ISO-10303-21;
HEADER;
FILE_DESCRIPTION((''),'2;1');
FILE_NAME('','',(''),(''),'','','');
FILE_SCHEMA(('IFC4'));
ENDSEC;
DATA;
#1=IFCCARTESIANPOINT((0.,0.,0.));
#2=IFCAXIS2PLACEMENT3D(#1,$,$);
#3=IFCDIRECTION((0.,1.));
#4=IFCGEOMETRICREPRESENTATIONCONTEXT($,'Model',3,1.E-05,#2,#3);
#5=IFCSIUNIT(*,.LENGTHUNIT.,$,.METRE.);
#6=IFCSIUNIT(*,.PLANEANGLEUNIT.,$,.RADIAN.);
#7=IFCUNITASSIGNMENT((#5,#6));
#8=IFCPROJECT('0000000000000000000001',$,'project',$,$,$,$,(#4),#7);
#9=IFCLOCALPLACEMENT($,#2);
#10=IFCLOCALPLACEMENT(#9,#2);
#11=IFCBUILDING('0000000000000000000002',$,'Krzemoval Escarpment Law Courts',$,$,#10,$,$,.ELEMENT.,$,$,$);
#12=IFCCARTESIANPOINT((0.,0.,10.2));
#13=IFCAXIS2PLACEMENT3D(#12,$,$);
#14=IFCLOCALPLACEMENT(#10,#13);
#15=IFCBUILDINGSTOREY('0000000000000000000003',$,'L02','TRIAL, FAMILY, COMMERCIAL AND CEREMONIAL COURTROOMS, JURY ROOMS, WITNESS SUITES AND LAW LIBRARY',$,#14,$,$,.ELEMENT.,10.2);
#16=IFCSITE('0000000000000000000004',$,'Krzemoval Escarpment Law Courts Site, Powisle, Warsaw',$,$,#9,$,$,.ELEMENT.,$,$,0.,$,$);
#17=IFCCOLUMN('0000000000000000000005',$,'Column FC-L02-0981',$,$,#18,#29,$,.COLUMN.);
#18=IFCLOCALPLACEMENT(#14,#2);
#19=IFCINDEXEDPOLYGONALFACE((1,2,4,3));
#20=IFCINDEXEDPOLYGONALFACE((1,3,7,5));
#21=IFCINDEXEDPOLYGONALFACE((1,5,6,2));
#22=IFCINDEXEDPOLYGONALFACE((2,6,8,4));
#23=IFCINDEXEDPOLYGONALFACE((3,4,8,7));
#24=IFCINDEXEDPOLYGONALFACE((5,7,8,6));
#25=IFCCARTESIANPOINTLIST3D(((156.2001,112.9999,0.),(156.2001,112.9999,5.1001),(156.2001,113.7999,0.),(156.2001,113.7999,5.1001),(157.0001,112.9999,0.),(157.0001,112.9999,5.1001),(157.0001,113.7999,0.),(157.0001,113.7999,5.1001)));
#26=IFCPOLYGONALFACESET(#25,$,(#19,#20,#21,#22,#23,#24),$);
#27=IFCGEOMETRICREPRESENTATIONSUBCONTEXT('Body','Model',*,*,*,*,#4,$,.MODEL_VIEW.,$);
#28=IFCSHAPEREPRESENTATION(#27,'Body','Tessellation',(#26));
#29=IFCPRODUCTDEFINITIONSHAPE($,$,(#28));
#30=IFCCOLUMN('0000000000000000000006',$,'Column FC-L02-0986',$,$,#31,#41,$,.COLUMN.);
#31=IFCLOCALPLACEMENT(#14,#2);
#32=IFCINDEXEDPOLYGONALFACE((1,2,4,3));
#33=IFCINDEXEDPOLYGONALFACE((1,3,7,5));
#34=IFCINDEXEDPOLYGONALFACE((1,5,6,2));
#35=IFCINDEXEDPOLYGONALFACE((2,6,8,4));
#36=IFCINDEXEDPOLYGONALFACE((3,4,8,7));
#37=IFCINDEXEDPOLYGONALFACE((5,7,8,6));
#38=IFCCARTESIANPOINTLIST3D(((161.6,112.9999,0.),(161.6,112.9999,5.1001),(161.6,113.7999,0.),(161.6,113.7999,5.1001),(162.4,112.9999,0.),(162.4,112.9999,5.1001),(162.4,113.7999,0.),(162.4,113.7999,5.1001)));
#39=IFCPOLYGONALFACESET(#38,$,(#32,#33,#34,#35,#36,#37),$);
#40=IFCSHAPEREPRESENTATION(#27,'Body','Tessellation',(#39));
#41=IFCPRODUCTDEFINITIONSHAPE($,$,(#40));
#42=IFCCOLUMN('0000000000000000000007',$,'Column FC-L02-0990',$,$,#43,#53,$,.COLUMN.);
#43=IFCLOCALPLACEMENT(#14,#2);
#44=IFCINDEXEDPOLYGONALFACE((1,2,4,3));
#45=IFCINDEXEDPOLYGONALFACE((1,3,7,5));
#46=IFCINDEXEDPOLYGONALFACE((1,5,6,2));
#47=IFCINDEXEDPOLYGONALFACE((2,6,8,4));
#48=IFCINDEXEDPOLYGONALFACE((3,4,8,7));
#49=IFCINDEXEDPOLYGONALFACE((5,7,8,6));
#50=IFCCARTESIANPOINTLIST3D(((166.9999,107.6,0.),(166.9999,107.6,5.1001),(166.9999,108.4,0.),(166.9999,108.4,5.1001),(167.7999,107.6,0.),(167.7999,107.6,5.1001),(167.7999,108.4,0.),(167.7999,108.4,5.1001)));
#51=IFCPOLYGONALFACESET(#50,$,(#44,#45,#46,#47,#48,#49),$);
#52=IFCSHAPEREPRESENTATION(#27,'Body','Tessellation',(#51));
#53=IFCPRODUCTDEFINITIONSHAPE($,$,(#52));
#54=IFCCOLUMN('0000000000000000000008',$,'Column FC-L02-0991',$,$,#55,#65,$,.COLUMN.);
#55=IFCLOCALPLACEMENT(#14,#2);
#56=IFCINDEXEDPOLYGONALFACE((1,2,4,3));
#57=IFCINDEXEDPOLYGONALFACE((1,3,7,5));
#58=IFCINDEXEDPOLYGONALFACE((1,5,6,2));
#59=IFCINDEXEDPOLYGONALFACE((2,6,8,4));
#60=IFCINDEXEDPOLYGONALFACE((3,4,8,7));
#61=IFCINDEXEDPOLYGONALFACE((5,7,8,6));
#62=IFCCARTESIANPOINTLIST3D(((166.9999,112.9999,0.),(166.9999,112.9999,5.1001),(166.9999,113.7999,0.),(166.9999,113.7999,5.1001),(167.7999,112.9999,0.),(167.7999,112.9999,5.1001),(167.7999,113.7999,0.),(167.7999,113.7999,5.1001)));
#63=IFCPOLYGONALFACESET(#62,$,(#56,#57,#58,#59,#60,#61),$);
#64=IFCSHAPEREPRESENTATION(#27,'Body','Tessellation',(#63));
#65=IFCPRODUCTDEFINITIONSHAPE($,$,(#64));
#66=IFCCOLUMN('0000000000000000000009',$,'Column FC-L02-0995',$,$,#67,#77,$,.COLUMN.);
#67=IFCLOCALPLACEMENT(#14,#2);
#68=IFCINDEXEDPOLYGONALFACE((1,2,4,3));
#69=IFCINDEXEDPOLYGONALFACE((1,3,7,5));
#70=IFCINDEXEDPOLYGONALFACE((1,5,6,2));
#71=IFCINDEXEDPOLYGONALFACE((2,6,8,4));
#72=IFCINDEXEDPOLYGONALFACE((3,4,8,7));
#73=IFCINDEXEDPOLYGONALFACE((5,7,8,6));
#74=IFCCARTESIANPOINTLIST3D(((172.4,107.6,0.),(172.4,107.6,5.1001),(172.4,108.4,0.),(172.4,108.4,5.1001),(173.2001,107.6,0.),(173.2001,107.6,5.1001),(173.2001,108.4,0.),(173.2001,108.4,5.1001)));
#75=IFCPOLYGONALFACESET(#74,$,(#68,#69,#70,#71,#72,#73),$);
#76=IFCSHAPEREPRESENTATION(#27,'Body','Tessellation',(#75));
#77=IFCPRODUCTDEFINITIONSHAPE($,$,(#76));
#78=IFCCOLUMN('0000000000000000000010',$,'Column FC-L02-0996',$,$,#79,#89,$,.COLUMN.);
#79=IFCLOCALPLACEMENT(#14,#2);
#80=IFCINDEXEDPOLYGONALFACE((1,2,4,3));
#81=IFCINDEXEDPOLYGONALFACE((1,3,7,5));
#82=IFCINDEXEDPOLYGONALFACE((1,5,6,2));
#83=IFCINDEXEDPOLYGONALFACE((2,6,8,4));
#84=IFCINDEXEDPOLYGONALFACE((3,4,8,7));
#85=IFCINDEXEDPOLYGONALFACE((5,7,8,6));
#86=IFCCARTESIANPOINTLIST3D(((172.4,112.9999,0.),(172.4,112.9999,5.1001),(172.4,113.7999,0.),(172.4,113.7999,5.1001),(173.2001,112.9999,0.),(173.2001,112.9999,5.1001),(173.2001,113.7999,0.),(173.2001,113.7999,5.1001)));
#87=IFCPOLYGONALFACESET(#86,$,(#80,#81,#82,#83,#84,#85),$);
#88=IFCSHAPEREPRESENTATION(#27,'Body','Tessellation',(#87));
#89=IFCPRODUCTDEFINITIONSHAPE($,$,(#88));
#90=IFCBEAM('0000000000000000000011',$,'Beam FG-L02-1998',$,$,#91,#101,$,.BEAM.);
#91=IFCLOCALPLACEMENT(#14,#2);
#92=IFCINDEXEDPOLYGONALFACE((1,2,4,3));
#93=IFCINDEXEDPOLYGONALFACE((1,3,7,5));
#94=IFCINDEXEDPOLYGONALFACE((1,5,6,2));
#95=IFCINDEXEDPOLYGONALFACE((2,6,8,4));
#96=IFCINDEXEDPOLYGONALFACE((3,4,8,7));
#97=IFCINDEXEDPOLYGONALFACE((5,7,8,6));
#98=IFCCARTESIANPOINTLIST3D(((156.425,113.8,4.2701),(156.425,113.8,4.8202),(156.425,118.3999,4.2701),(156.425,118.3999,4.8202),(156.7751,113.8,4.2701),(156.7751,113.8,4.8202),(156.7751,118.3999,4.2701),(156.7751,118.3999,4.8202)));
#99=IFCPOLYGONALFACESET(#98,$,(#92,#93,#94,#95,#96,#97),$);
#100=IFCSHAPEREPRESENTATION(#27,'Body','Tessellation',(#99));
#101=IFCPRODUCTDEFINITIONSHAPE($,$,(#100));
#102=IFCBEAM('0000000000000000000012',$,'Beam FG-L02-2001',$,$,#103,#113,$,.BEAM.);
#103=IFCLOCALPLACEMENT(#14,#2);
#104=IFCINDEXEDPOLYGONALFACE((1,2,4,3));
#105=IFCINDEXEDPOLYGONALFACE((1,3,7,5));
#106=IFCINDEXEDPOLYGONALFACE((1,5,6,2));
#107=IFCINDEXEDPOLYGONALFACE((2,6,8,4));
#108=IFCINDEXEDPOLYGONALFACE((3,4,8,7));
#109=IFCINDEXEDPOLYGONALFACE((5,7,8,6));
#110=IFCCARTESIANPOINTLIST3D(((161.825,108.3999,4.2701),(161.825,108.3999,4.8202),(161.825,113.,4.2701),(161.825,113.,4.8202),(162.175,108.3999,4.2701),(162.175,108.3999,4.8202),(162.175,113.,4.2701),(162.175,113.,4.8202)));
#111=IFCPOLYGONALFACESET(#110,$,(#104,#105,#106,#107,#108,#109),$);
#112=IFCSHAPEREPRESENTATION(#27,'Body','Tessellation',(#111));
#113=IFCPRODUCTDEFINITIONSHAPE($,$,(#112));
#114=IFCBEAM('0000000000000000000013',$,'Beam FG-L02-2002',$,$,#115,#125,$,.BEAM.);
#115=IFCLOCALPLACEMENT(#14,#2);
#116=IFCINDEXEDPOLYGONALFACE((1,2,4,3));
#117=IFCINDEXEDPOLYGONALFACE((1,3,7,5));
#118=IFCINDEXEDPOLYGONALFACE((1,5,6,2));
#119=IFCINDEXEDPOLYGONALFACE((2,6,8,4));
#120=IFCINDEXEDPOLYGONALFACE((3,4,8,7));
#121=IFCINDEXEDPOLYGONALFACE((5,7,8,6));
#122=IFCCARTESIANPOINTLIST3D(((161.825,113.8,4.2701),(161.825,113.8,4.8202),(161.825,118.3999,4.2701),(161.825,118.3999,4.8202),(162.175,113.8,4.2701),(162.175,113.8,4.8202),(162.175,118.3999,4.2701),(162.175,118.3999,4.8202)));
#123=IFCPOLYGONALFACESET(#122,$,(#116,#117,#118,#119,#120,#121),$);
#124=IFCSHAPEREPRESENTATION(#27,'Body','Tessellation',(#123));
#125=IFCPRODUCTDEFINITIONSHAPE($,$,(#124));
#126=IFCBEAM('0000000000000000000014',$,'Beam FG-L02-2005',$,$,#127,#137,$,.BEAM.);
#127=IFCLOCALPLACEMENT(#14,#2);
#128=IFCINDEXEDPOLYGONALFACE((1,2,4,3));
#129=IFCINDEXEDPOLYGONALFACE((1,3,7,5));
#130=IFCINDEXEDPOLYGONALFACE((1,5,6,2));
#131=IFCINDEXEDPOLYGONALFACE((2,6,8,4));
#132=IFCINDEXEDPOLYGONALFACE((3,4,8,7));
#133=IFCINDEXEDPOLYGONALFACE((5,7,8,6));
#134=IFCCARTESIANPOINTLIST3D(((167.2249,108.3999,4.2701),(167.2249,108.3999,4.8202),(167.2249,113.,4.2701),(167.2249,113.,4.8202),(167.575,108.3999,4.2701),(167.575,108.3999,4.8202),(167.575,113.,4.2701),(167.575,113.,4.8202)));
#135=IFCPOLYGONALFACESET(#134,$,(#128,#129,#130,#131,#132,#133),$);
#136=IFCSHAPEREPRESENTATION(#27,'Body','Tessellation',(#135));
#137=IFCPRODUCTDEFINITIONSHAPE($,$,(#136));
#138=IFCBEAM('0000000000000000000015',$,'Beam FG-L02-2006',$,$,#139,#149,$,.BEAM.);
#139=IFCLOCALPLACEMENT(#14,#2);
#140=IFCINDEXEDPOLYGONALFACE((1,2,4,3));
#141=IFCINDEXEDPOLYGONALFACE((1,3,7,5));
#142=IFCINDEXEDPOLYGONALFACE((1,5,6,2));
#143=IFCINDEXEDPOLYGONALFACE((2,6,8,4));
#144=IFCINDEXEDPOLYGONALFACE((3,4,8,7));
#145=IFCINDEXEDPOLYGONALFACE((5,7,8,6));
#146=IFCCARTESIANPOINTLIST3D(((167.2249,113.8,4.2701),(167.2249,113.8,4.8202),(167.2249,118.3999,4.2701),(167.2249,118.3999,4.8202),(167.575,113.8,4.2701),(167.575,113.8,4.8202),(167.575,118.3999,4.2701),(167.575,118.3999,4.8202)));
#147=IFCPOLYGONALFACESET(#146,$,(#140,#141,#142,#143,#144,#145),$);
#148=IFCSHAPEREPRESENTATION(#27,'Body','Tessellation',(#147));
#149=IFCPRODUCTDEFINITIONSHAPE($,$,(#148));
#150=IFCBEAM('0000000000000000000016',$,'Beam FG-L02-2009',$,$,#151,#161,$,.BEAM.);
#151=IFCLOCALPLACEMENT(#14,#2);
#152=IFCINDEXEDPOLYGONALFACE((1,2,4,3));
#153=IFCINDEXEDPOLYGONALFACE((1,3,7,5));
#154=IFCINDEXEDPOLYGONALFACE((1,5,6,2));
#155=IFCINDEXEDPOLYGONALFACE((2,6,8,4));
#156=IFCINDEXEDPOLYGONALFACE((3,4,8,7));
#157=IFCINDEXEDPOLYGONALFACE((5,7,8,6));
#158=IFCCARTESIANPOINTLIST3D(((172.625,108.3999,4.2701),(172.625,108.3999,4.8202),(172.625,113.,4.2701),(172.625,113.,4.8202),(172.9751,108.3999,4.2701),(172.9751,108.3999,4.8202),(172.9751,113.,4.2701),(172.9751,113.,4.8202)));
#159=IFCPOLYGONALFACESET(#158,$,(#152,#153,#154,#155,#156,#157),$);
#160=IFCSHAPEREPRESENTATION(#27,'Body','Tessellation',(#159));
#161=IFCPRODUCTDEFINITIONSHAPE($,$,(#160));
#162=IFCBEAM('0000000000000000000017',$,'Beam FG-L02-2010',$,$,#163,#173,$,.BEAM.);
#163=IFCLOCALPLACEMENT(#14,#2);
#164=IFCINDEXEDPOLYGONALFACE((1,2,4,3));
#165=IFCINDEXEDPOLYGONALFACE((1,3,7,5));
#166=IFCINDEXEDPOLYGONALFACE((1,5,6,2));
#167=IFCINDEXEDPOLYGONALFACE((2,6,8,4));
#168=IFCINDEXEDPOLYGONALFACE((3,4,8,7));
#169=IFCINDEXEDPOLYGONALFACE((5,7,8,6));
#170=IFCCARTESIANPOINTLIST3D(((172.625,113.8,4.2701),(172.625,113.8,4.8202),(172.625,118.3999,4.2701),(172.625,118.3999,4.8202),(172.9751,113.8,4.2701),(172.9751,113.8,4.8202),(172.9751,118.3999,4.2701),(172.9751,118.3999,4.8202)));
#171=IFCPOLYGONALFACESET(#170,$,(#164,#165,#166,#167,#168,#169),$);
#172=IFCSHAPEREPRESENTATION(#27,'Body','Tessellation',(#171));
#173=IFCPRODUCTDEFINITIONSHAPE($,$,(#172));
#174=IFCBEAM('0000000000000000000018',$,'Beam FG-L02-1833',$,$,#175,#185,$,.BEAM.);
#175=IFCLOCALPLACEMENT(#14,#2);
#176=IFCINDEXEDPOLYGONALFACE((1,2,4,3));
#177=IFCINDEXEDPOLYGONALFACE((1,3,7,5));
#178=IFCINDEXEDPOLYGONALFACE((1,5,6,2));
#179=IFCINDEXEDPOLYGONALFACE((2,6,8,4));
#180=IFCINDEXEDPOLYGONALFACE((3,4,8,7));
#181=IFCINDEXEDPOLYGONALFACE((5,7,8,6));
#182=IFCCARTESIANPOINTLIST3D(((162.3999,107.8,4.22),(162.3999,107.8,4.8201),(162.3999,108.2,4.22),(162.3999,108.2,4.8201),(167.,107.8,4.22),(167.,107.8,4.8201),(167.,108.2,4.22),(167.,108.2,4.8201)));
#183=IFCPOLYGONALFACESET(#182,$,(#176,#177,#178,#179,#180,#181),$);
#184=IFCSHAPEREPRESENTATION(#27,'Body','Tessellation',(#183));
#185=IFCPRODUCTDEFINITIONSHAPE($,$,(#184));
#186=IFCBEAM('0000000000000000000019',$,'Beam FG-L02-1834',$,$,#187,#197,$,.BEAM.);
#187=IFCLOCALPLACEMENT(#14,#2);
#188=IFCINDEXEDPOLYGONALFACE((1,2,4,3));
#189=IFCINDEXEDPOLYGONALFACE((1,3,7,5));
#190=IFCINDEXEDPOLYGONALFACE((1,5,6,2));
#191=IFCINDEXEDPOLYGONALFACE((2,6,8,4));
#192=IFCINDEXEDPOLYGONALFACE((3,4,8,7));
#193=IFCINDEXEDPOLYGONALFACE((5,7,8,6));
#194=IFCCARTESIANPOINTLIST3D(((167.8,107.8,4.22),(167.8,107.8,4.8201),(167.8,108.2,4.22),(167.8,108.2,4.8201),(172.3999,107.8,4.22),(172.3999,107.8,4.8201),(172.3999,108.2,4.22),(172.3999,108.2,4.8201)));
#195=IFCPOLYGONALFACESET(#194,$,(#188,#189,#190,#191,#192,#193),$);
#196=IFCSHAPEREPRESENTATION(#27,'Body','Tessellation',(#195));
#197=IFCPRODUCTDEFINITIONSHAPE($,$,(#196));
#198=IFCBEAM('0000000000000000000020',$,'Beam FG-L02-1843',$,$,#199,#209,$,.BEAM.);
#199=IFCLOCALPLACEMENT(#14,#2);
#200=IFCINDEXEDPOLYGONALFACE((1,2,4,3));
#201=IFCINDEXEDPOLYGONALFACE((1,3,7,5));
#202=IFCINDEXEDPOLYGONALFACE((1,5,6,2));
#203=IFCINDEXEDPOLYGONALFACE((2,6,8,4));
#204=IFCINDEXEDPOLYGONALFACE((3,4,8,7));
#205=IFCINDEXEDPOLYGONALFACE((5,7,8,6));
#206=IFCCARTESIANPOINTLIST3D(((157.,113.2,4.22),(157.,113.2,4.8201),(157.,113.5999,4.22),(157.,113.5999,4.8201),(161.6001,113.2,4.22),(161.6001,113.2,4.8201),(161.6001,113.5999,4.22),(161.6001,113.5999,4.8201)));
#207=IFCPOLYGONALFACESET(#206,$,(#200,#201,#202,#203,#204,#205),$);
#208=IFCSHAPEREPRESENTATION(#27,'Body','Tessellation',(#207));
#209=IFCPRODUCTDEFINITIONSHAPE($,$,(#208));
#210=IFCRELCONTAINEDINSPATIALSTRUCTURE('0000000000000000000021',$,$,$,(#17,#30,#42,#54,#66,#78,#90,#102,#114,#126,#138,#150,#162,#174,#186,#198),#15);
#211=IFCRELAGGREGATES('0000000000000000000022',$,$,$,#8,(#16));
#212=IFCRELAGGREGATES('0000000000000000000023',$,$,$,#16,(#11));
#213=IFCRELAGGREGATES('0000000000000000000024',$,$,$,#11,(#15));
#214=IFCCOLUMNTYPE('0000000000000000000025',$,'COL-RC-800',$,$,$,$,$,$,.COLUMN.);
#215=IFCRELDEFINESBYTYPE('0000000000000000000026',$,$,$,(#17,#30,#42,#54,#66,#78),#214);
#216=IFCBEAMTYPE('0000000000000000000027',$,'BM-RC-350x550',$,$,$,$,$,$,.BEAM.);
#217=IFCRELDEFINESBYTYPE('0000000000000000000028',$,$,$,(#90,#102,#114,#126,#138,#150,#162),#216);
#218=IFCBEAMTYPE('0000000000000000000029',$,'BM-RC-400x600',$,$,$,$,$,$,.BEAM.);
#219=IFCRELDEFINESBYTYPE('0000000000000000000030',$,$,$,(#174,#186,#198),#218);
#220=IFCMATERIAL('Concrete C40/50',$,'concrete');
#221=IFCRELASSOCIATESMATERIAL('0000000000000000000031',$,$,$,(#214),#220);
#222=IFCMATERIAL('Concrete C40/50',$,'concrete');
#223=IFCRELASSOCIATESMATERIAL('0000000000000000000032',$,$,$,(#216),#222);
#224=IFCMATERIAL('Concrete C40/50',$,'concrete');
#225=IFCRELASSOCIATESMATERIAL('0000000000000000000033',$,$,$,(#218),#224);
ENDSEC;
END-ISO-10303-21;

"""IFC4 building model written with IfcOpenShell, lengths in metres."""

from ifc_helpers import new_model, si_unit, direction, frame, origin, origin_2d, place, context, subcontext, project, spatial, rectangle, extrude, material, material_profile, profile_set, type_object, element, save


model = new_model("IFC4")

# Units and contexts
model_context = context("Model", 3, precision=1e-05, world=origin(), true_north=direction((0.0, 1.0)))
body_context = subcontext(model_context, "Body", "Model", "MODEL_VIEW")
ifc_project = project(units=[si_unit("LENGTHUNIT", "METRE"), si_unit("PLANEANGLEUNIT", "RADIAN")], contexts=[model_context])

# Site, building, storey
site_placement = place(None, origin())
site = spatial("IfcSite", under=ifc_project, at=site_placement, Name="Krzemoval Escarpment Law Courts Site, Powisle, Warsaw", CompositionType="ELEMENT", RefElevation=0.0)
building_placement = place(site_placement, origin())
building = spatial("IfcBuilding", under=site, at=building_placement, Name="Krzemoval Escarpment Law Courts", CompositionType="ELEMENT")
storey_placement = place(building_placement, frame((0.0, 0.0, 10.2)))
storey = spatial("IfcBuildingStorey", under=building, at=storey_placement, Name="L02", Description="TRIAL, FAMILY, COMMERCIAL AND CEREMONIAL COURTROOMS, JURY ROOMS, WITNESS SUITES AND LAW LIBRARY", CompositionType="ELEMENT", Elevation=10.2)

# Columns
ifc_material_1 = material(Name="Concrete C40/50", Category="concrete")
ifc_material_profile_1 = material_profile(ifc_material_1, rectangle(XDim=0.8, YDim=0.8, at=origin_2d()), Name="RC 800x800")
ifc_profile_set_1 = profile_set([ifc_material_profile_1], Name="Concrete C40/50")
column_type = type_object("IfcColumnType", Name="COL-RC-800", PredefinedType="COLUMN", material=ifc_profile_set_1)
for number, where, z_axis, x_axis, name in (
    (1, (156.6001, 113.3999, 0.0), (0.0, 0.0, 1.0), (1.0, 0.0, 0.0), "Column FC-L02-0981"),
    (2, (162.0, 113.3999, 0.0), (0.0, 0.0, 1.0), (1.0, 0.0, 0.0), "Column FC-L02-0986"),
    (3, (167.3999, 108.0, 0.0), (0.0, 0.0, 1.0), (1.0, 0.0, 0.0), "Column FC-L02-0990"),
    (4, (167.3999, 113.3999, 0.0), (0.0, 0.0, 1.0), (1.0, 0.0, 0.0), "Column FC-L02-0991"),
    (5, (172.8, 108.0, 0.0), (0.0, 0.0, 1.0), (1.0, 0.0, 0.0), "Column FC-L02-0995"),
    (6, (172.8, 113.3999, 0.0), (0.0, 0.0, 1.0), (1.0, 0.0, 0.0), "Column FC-L02-0996"),
):
    element("IfcColumn", number, at=place(storey_placement, frame(where, z_axis=z_axis, x_axis=x_axis)), inside=storey, type_object=column_type, Name=name, PredefinedType="COLUMN", context=body_context, shape_type="SweptSolid", body=[
        extrude(rectangle(XDim=0.8, YDim=0.8, at=origin_2d()), origin(), (0.0, 0.0, 1.0), 5.1001),
    ])

# Beams
ifc_material_2 = material(Name="Concrete C40/50", Category="concrete")
ifc_material_profile_2 = material_profile(ifc_material_2, rectangle(XDim=0.3501, YDim=0.55, at=origin_2d()), Name="RCB 350x550")
ifc_profile_set_2 = profile_set([ifc_material_profile_2], Name="Concrete C40/50")
beam_type_1 = type_object("IfcBeamType", Name="BM-RC-350x550", PredefinedType="BEAM", material=ifc_profile_set_2)
beam_1_placement = place(storey_placement, frame((156.6001, 113.8, 4.5452), z_axis=(0.0, 1.0, 0.0), x_axis=(-1.0, 0.0, 0.0)))
element("IfcBeam", 7, at=beam_1_placement, inside=storey, type_object=beam_type_1, Name="Beam FG-L02-1998", PredefinedType="BEAM", context=body_context, shape_type="SweptSolid", body=[
    extrude(rectangle(XDim=0.3501, YDim=0.55, at=origin_2d()), origin(), (0.0, 0.0, 1.0), 4.5999),
])
beam_2_placement = place(storey_placement, frame((162.0, 108.3999, 4.5452), z_axis=(0.0, 1.0, 0.0), x_axis=(-1.0, 0.0, 0.0)))
element("IfcBeam", 8, at=beam_2_placement, inside=storey, type_object=beam_type_1, Name="Beam FG-L02-2001", PredefinedType="BEAM", context=body_context, shape_type="SweptSolid", body=[
    extrude(rectangle(XDim=0.3501, YDim=0.55, at=origin_2d()), origin(), (0.0, 0.0, 1.0), 4.6001),
])
beam_3_placement = place(storey_placement, frame((162.0, 113.8, 4.5452), z_axis=(0.0, 1.0, 0.0), x_axis=(-1.0, 0.0, 0.0)))
element("IfcBeam", 9, at=beam_3_placement, inside=storey, type_object=beam_type_1, Name="Beam FG-L02-2002", PredefinedType="BEAM", context=body_context, shape_type="SweptSolid", body=[
    extrude(rectangle(XDim=0.3501, YDim=0.55, at=origin_2d()), origin(), (0.0, 0.0, 1.0), 4.5999),
])
beam_4_placement = place(storey_placement, frame((167.3999, 108.3999, 4.5452), z_axis=(0.0, 1.0, 0.0), x_axis=(-1.0, 0.0, 0.0)))
element("IfcBeam", 10, at=beam_4_placement, inside=storey, type_object=beam_type_1, Name="Beam FG-L02-2005", PredefinedType="BEAM", context=body_context, shape_type="SweptSolid", body=[
    extrude(rectangle(XDim=0.3501, YDim=0.55, at=origin_2d()), origin(), (0.0, 0.0, 1.0), 4.6001),
])
beam_5_placement = place(storey_placement, frame((167.3999, 113.8, 4.5452), z_axis=(0.0, 1.0, 0.0), x_axis=(-1.0, 0.0, 0.0)))
element("IfcBeam", 11, at=beam_5_placement, inside=storey, type_object=beam_type_1, Name="Beam FG-L02-2006", PredefinedType="BEAM", context=body_context, shape_type="SweptSolid", body=[
    extrude(rectangle(XDim=0.3501, YDim=0.55, at=origin_2d()), origin(), (0.0, 0.0, 1.0), 4.5999),
])
beam_6_placement = place(storey_placement, frame((172.8, 108.3999, 4.5452), z_axis=(0.0, 1.0, 0.0), x_axis=(-1.0, 0.0, 0.0)))
element("IfcBeam", 12, at=beam_6_placement, inside=storey, type_object=beam_type_1, Name="Beam FG-L02-2009", PredefinedType="BEAM", context=body_context, shape_type="SweptSolid", body=[
    extrude(rectangle(XDim=0.3501, YDim=0.55, at=origin_2d()), origin(), (0.0, 0.0, 1.0), 4.6001),
])
beam_7_placement = place(storey_placement, frame((172.8, 113.8, 4.5452), z_axis=(0.0, 1.0, 0.0), x_axis=(-1.0, 0.0, 0.0)))
element("IfcBeam", 13, at=beam_7_placement, inside=storey, type_object=beam_type_1, Name="Beam FG-L02-2010", PredefinedType="BEAM", context=body_context, shape_type="SweptSolid", body=[
    extrude(rectangle(XDim=0.3501, YDim=0.55, at=origin_2d()), origin(), (0.0, 0.0, 1.0), 4.5999),
])
ifc_material_3 = material(Name="Concrete C40/50", Category="concrete")
ifc_material_profile_3 = material_profile(ifc_material_3, rectangle(XDim=0.3999, YDim=0.6001, at=origin_2d()), Name="RCB 400x600")
ifc_profile_set_3 = profile_set([ifc_material_profile_3], Name="Concrete C40/50")
beam_type_2 = type_object("IfcBeamType", Name="BM-RC-400x600", PredefinedType="BEAM", material=ifc_profile_set_3)
beam_8_placement = place(storey_placement, frame((162.3999, 108.0, 4.52), z_axis=(1.0, 0.0, 0.0), x_axis=(0.0, 1.0, 0.0)))
element("IfcBeam", 14, at=beam_8_placement, inside=storey, type_object=beam_type_2, Name="Beam FG-L02-1833", PredefinedType="BEAM", context=body_context, shape_type="SweptSolid", body=[
    extrude(rectangle(XDim=0.3999, YDim=0.6001, at=origin_2d()), origin(), (0.0, 0.0, 1.0), 4.6001),
])
beam_9_placement = place(storey_placement, frame((167.8, 108.0, 4.52), z_axis=(1.0, 0.0, 0.0), x_axis=(0.0, 1.0, 0.0)))
element("IfcBeam", 15, at=beam_9_placement, inside=storey, type_object=beam_type_2, Name="Beam FG-L02-1834", PredefinedType="BEAM", context=body_context, shape_type="SweptSolid", body=[
    extrude(rectangle(XDim=0.3999, YDim=0.6001, at=origin_2d()), origin(), (0.0, 0.0, 1.0), 4.5999),
])
for number, where, z_axis, x_axis, name in (
    (16, (157.0, 113.3999, 4.52), (1.0, 0.0, 0.0), (0.0, 1.0, 0.0), "Beam FG-L02-1843"),
):
    element("IfcBeam", number, at=place(storey_placement, frame(where, z_axis=z_axis, x_axis=x_axis)), inside=storey, type_object=beam_type_2, Name=name, PredefinedType="BEAM", context=body_context, shape_type="SweptSolid", body=[
        extrude(rectangle(XDim=0.3999, YDim=0.6001, at=origin_2d()), origin(), (0.0, 0.0, 1.0), 4.6001),
    ])

save(model, "model.ifc")
